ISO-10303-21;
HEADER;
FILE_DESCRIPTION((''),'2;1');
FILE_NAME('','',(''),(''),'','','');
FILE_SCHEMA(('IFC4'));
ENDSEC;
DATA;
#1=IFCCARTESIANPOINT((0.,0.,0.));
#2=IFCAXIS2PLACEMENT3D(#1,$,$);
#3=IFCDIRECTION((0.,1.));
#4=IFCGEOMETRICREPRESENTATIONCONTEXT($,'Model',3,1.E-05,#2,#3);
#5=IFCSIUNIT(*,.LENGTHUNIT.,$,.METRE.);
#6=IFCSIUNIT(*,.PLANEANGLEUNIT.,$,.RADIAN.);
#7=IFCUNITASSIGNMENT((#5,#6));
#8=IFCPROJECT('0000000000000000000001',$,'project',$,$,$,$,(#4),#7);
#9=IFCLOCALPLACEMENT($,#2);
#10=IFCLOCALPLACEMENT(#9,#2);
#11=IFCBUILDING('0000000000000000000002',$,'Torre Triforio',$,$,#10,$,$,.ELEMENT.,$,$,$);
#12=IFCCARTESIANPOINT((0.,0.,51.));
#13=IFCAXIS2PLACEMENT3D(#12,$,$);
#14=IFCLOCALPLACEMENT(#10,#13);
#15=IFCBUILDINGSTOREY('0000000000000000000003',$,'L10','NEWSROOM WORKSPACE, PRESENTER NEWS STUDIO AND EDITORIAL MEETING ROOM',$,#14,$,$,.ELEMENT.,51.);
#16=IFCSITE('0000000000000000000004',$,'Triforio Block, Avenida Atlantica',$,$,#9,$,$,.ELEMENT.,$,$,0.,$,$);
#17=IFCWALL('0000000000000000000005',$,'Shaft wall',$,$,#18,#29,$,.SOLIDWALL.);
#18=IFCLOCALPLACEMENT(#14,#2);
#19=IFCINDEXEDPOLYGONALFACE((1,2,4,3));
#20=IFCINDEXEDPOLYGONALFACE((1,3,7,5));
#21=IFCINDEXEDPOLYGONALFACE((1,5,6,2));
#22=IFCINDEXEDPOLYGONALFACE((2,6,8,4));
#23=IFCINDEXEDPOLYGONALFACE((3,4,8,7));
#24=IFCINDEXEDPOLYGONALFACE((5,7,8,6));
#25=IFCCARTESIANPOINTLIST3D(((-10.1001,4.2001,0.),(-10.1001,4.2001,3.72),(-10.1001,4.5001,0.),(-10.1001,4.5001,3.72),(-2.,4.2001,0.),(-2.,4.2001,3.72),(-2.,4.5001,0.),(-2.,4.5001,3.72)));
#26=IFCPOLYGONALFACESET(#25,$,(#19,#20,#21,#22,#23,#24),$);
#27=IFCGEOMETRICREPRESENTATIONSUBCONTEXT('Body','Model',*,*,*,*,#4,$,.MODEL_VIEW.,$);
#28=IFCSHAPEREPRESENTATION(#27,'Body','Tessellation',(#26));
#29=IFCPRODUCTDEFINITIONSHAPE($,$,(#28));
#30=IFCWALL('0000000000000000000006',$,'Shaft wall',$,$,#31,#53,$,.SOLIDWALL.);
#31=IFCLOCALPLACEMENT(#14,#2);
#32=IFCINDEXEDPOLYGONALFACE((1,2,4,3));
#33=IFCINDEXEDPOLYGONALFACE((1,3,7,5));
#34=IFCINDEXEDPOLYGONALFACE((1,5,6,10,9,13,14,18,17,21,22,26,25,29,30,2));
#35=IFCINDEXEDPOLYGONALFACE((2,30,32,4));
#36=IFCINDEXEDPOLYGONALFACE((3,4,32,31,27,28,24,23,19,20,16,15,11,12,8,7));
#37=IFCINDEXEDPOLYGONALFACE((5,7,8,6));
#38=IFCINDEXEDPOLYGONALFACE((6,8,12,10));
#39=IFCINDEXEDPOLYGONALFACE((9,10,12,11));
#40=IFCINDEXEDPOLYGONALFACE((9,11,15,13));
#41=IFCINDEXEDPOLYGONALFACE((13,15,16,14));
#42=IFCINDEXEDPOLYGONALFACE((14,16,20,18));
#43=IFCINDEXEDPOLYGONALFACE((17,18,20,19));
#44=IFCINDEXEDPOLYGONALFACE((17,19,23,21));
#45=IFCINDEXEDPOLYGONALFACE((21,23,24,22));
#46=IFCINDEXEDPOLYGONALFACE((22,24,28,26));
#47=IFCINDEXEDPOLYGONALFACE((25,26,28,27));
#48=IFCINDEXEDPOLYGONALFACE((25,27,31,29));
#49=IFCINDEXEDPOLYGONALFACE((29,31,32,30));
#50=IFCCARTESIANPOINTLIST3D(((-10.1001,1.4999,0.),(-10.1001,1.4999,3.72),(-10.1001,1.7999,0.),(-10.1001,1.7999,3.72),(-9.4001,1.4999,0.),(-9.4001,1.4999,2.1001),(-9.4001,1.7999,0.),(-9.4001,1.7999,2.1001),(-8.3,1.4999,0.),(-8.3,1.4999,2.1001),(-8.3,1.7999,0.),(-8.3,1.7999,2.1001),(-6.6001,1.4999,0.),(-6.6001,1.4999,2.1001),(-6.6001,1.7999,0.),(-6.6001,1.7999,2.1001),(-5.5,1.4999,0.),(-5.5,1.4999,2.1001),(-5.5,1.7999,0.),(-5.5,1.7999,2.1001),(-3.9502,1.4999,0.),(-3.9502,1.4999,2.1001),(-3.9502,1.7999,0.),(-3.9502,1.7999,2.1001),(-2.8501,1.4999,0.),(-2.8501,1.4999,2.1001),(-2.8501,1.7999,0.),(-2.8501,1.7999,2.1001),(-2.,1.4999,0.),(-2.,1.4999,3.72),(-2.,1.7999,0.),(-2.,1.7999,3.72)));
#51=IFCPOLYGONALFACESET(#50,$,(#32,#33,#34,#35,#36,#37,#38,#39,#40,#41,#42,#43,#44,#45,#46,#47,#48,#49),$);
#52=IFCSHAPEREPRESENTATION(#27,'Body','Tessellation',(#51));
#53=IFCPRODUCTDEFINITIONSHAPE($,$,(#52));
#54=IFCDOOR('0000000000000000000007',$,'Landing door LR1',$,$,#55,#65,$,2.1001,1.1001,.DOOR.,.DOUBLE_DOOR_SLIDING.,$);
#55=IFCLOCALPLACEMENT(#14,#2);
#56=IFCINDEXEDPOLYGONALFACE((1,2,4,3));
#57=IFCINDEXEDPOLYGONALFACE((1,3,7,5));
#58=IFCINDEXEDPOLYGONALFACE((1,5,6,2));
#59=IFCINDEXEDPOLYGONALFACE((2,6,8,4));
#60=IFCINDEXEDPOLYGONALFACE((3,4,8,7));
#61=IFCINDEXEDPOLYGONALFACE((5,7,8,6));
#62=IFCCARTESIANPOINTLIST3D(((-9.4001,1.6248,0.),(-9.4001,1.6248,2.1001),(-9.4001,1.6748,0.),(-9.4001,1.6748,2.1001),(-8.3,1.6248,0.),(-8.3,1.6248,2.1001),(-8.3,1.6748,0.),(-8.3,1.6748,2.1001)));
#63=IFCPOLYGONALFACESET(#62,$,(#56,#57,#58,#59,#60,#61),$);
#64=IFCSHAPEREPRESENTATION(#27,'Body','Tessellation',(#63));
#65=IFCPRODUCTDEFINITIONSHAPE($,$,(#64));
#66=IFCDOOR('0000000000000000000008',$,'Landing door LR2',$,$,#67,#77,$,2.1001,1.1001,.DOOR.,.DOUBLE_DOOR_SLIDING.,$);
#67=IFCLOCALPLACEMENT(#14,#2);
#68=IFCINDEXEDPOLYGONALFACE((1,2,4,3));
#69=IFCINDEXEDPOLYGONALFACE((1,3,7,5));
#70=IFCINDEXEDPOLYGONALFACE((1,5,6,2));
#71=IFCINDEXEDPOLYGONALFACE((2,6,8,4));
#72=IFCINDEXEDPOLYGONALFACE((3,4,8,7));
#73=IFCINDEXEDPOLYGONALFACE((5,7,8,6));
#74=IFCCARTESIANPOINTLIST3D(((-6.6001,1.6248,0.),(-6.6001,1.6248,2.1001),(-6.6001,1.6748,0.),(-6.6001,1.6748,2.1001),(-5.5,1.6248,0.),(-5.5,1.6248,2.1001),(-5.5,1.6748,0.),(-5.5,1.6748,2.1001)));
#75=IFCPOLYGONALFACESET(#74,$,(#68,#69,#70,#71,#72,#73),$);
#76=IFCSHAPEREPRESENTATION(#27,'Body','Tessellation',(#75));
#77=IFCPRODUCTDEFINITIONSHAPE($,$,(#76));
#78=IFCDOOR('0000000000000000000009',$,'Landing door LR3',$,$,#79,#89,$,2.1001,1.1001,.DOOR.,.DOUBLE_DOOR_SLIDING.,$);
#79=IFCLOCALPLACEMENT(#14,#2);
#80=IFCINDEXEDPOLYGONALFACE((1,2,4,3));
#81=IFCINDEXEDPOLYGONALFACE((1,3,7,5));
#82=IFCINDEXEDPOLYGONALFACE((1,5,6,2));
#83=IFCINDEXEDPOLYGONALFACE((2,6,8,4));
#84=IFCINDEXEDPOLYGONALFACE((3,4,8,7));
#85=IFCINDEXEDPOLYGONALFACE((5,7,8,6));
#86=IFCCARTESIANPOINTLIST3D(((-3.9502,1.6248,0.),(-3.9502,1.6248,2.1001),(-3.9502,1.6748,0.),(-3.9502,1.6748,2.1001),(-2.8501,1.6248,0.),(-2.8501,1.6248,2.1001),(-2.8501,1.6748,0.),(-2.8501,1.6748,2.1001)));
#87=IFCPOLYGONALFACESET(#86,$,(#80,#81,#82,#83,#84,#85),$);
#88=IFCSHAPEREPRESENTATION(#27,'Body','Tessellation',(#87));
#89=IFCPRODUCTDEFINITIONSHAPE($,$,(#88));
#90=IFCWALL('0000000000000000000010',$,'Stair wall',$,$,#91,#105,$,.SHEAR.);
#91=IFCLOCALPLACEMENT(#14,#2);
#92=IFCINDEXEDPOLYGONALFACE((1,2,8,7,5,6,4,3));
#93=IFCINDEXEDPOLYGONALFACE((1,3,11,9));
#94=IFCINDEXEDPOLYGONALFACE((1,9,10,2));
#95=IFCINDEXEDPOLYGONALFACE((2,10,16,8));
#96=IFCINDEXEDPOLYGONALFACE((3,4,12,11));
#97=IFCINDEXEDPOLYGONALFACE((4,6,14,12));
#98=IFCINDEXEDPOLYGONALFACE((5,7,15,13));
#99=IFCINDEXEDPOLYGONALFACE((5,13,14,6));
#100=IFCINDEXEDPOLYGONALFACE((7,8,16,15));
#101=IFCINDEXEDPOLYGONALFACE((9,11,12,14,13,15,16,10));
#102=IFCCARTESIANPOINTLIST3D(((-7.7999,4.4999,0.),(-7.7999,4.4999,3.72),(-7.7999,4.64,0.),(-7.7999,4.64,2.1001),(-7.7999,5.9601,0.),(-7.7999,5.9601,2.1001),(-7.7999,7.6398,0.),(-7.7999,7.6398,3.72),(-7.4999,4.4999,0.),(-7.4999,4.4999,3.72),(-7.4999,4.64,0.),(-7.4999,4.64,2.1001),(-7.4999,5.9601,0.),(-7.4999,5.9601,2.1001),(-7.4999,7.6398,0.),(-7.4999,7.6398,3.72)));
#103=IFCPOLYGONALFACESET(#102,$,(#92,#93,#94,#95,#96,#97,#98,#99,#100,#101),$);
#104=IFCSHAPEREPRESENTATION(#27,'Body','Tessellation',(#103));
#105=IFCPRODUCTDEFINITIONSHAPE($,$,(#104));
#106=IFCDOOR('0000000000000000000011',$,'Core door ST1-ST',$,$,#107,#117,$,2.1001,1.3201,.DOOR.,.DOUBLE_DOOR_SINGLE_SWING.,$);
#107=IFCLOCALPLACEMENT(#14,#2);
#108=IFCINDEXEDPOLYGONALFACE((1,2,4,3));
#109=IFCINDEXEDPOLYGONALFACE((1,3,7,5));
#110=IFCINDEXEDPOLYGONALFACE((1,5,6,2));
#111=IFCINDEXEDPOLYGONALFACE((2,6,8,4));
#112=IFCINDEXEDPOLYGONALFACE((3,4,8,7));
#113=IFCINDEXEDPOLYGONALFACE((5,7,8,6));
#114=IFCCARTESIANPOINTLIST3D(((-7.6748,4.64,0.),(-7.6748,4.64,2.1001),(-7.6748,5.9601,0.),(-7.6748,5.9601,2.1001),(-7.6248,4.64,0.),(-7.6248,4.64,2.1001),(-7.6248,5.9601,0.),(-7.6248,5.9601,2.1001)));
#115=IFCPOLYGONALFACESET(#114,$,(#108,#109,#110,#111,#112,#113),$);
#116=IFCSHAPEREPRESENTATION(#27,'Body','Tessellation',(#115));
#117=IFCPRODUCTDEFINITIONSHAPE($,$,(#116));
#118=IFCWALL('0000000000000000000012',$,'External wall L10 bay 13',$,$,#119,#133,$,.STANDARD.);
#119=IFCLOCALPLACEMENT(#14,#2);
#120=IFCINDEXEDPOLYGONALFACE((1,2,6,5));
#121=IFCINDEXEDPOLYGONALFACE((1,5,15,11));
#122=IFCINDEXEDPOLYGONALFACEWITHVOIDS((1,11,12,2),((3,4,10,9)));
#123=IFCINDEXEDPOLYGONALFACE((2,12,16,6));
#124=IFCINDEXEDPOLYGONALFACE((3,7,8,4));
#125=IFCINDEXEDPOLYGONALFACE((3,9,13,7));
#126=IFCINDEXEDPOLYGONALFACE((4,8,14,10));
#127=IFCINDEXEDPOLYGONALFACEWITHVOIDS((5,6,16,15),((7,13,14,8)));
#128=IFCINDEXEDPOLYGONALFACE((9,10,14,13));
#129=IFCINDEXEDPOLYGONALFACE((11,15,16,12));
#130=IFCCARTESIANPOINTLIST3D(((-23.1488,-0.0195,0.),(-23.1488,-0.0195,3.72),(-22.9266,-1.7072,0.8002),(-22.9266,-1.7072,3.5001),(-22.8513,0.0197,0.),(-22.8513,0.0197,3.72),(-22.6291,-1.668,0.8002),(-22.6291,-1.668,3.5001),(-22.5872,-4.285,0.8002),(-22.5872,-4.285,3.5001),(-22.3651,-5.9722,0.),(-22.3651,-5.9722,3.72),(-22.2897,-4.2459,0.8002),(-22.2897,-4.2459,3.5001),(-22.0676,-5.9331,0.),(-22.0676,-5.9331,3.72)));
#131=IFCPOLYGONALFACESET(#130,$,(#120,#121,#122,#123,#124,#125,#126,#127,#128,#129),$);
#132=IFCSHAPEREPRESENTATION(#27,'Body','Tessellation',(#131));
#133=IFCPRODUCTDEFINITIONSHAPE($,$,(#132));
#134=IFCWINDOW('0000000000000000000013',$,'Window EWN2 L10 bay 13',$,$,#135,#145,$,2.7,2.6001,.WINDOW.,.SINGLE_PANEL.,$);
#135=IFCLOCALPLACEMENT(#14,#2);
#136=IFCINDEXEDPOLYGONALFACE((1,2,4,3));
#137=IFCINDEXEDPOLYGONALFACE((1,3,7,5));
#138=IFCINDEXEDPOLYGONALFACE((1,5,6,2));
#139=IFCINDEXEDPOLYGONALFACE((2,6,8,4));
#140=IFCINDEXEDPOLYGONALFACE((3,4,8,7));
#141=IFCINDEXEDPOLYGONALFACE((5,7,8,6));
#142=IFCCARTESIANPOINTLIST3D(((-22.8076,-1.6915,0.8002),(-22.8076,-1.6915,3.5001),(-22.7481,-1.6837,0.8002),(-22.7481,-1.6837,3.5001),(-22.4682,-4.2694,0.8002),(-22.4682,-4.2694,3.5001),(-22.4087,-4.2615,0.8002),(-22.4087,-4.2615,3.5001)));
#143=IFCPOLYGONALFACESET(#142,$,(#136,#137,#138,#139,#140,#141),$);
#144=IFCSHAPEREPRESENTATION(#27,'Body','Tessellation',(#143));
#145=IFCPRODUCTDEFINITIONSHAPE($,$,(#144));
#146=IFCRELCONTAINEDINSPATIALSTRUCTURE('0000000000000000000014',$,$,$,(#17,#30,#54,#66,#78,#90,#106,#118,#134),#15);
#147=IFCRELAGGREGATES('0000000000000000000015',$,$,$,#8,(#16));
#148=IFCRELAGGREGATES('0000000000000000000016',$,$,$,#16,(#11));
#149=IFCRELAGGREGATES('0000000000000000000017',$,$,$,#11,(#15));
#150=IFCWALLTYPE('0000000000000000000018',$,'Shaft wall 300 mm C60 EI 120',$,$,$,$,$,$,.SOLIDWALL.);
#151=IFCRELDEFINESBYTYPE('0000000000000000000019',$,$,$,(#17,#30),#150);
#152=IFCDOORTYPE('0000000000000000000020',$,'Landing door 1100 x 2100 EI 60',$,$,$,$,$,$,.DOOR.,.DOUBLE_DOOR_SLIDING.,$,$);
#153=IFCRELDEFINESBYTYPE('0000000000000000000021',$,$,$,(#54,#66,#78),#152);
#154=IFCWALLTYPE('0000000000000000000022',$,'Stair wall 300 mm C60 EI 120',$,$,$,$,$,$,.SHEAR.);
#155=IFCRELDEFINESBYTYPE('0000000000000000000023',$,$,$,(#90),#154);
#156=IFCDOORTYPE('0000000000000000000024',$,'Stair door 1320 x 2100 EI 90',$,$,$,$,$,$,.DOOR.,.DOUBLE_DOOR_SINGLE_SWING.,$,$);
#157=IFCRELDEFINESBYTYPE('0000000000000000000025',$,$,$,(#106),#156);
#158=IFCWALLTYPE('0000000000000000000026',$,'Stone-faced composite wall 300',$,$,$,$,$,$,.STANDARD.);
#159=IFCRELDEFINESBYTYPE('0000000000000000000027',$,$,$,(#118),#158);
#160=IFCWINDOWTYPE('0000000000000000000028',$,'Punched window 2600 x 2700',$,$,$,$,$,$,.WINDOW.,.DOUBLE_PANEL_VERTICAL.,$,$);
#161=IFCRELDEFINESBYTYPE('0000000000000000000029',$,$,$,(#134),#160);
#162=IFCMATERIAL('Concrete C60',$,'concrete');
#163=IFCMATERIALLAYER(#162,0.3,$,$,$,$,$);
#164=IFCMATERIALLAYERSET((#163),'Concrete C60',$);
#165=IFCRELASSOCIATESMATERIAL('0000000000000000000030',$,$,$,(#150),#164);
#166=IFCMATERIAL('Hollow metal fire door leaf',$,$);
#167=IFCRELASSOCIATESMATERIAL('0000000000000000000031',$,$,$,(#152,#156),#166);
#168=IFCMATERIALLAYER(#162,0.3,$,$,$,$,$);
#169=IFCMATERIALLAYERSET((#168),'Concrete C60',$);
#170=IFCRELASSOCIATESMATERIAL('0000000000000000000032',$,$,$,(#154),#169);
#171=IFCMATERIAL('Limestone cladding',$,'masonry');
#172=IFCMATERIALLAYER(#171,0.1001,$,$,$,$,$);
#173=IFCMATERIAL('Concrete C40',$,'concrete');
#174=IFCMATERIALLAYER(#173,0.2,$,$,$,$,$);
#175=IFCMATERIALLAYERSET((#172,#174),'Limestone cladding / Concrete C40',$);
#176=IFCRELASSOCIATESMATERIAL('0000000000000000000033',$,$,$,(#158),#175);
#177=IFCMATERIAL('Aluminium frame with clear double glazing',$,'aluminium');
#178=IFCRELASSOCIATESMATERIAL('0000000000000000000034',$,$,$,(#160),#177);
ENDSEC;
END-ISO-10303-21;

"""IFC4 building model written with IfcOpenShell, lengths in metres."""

from ifc_helpers import new_model, si_unit, direction, frame, frame_2d, origin, place, context, subcontext, project, spatial, rectangle, extrude, material, layer, layer_set, type_object, element, fill, save


model = new_model("IFC4")

# Units and contexts
model_context = context("Model", 3, precision=1e-05, world=origin(), true_north=direction((0.0, 1.0)))
body_context = subcontext(model_context, "Body", "Model", "MODEL_VIEW")
ifc_project = project(units=[si_unit("LENGTHUNIT", "METRE"), si_unit("PLANEANGLEUNIT", "RADIAN")], contexts=[model_context])

# Site, building, storey
site_placement = place(None, origin())
site = spatial("IfcSite", under=ifc_project, at=site_placement, Name="Triforio Block, Avenida Atlantica", CompositionType="ELEMENT", RefElevation=0.0)
building_placement = place(site_placement, origin())
building = spatial("IfcBuilding", under=site, at=building_placement, Name="Torre Triforio", CompositionType="ELEMENT")
storey_placement = place(building_placement, frame((0.0, 0.0, 51.0)))
storey = spatial("IfcBuildingStorey", under=building, at=storey_placement, Name="L10", Description="NEWSROOM WORKSPACE, PRESENTER NEWS STUDIO AND EDITORIAL MEETING ROOM", CompositionType="ELEMENT", Elevation=51.0)

# Shared definitions
ifc_material_1 = material(Name="Concrete C60", Category="concrete")
ifc_material_2 = material(Name="Hollow metal fire door leaf")

# Wall
ifc_layer_1 = layer(ifc_material_1, 0.3)
ifc_layer_set_1 = layer_set([ifc_layer_1], Name="Concrete C60")
wall_type_1 = type_object("IfcWallType", Name="Shaft wall 300 mm C60 EI 120", PredefinedType="SOLIDWALL", material=ifc_layer_set_1)
wall_1_placement = place(storey_placement, frame((-10.1001, 4.3501, 0.0), z_axis=(0.0, 0.0, 1.0), x_axis=(1.0, 0.0, 0.0)))
element("IfcWall", 1, at=wall_1_placement, inside=storey, type_object=wall_type_1, Name="Shaft wall", PredefinedType="SOLIDWALL", context=body_context, shape_type="SweptSolid", body=[
    extrude(rectangle(XDim=8.1001, YDim=0.3, at=frame_2d((4.05, 0.0))), origin(), (0.0, 0.0, 1.0), 3.72),
])

# Wall, openings, doors
wall_2_placement = place(storey_placement, frame((-10.1001, 1.6499, 0.0), z_axis=(0.0, 0.0, 1.0), x_axis=(1.0, 0.0, 0.0)))
wall_2 = element("IfcWall", 2, at=wall_2_placement, inside=storey, type_object=wall_type_1, Name="Shaft wall", PredefinedType="SOLIDWALL", context=body_context, shape_type="SweptSolid", body=[
    extrude(rectangle(XDim=8.1001, YDim=0.3, at=frame_2d((4.05, 0.0))), origin(), (0.0, 0.0, 1.0), 3.72),
])
opening_1_placement = place(wall_2_placement, frame((0.7, 0.0, 0.0)))
opening_1 = element("IfcOpeningElement", 3, at=opening_1_placement, cuts=wall_2, PredefinedType="OPENING", context=body_context, shape_type="SweptSolid", body=[
    extrude(rectangle(XDim=1.1001, YDim=2.1001, at=frame_2d((0.55, 1.05))), frame((0.0, 0.1599, 0.0), z_axis=(0.0, -1.0, 0.0), x_axis=(1.0, 0.0, 0.0)), (0.0, 0.0, 1.0), 0.3201),
])
opening_2_placement = place(wall_2_placement, frame((3.5, 0.0, 0.0)))
opening_2 = element("IfcOpeningElement", 4, at=opening_2_placement, cuts=wall_2, PredefinedType="OPENING", context=body_context, shape_type="SweptSolid", body=[
    extrude(rectangle(XDim=1.1001, YDim=2.1001, at=frame_2d((0.55, 1.05))), frame((0.0, 0.1599, 0.0), z_axis=(0.0, -1.0, 0.0), x_axis=(1.0, 0.0, 0.0)), (0.0, 0.0, 1.0), 0.3201),
])
opening_3_placement = place(wall_2_placement, frame((6.1499, 0.0, 0.0)))
opening_3 = element("IfcOpeningElement", 5, at=opening_3_placement, cuts=wall_2, PredefinedType="OPENING", context=body_context, shape_type="SweptSolid", body=[
    extrude(rectangle(XDim=1.1001, YDim=2.1001, at=frame_2d((0.55, 1.05))), frame((0.0, 0.1599, 0.0), z_axis=(0.0, -1.0, 0.0), x_axis=(1.0, 0.0, 0.0)), (0.0, 0.0, 1.0), 0.3201),
])
door_type_1 = type_object("IfcDoorType", Name="Landing door 1100 x 2100 EI 60", OperationType="DOUBLE_DOOR_SLIDING", PredefinedType="DOOR", material=ifc_material_2)
door_1_placement = place(opening_1_placement, origin())
door_1 = element("IfcDoor", 6, at=door_1_placement, inside=storey, type_object=door_type_1, Name="Landing door LR1", OperationType="DOUBLE_DOOR_SLIDING", OverallHeight=2.1001, OverallWidth=1.1001, PredefinedType="DOOR", context=body_context, shape_type="SweptSolid", body=[
    extrude(rectangle(XDim=1.1001, YDim=2.1001, at=frame_2d((0.55, 1.05))), frame((0.0, 0.0249, 0.0), z_axis=(0.0, -1.0, 0.0), x_axis=(1.0, 0.0, 0.0)), (0.0, 0.0, 1.0), 0.05),
])
fill(opening_1, door_1)
door_2_placement = place(opening_2_placement, origin())
door_2 = element("IfcDoor", 7, at=door_2_placement, inside=storey, type_object=door_type_1, Name="Landing door LR2", OperationType="DOUBLE_DOOR_SLIDING", OverallHeight=2.1001, OverallWidth=1.1001, PredefinedType="DOOR", context=body_context, shape_type="SweptSolid", body=[
    extrude(rectangle(XDim=1.1001, YDim=2.1001, at=frame_2d((0.55, 1.05))), frame((0.0, 0.0249, 0.0), z_axis=(0.0, -1.0, 0.0), x_axis=(1.0, 0.0, 0.0)), (0.0, 0.0, 1.0), 0.05),
])
fill(opening_2, door_2)
door_3_placement = place(opening_3_placement, origin())
door_3 = element("IfcDoor", 8, at=door_3_placement, inside=storey, type_object=door_type_1, Name="Landing door LR3", OperationType="DOUBLE_DOOR_SLIDING", OverallHeight=2.1001, OverallWidth=1.1001, PredefinedType="DOOR", context=body_context, shape_type="SweptSolid", body=[
    extrude(rectangle(XDim=1.1001, YDim=2.1001, at=frame_2d((0.55, 1.05))), frame((0.0, 0.0249, 0.0), z_axis=(0.0, -1.0, 0.0), x_axis=(1.0, 0.0, 0.0)), (0.0, 0.0, 1.0), 0.05),
])
fill(opening_3, door_3)

# Wall, opening, door
ifc_layer_2 = layer(ifc_material_1, 0.3)
ifc_layer_set_2 = layer_set([ifc_layer_2], Name="Concrete C60")
wall_type_2 = type_object("IfcWallType", Name="Stair wall 300 mm C60 EI 120", PredefinedType="SHEAR", material=ifc_layer_set_2)
wall_3_placement = place(storey_placement, frame((-7.6499, 4.5, 0.0), z_axis=(0.0, 0.0, 1.0), x_axis=(0.0, 1.0, 0.0)))
wall_3 = element("IfcWall", 9, at=wall_3_placement, inside=storey, type_object=wall_type_2, Name="Stair wall", PredefinedType="SHEAR", context=body_context, shape_type="SweptSolid", body=[
    extrude(rectangle(XDim=3.1399, YDim=0.3, at=frame_2d((1.5698, 0.0))), origin(), (0.0, 0.0, 1.0), 3.72),
])
opening_4_placement = place(wall_3_placement, frame((0.1399, 0.0, 0.0)))
opening_4 = element("IfcOpeningElement", 10, at=opening_4_placement, cuts=wall_3, PredefinedType="OPENING", context=body_context, shape_type="SweptSolid", body=[
    extrude(rectangle(XDim=1.3201, YDim=2.1001, at=frame_2d((0.6602, 1.05))), frame((0.0, 0.1599, 0.0), z_axis=(0.0, -1.0, 0.0), x_axis=(1.0, 0.0, 0.0)), (0.0, 0.0, 1.0), 0.3201),
])
door_type_2 = type_object("IfcDoorType", Name="Stair door 1320 x 2100 EI 90", OperationType="DOUBLE_DOOR_SINGLE_SWING", PredefinedType="DOOR", material=ifc_material_2)
door_4_placement = place(opening_4_placement, origin())
door_4 = element("IfcDoor", 11, at=door_4_placement, inside=storey, type_object=door_type_2, Name="Core door ST1-ST", OperationType="DOUBLE_DOOR_SINGLE_SWING", OverallHeight=2.1001, OverallWidth=1.3201, PredefinedType="DOOR", context=body_context, shape_type="SweptSolid", body=[
    extrude(rectangle(XDim=1.3201, YDim=2.1001, at=frame_2d((0.6602, 1.05))), frame((0.0, 0.0249, 0.0), z_axis=(0.0, -1.0, 0.0), x_axis=(1.0, 0.0, 0.0)), (0.0, 0.0, 1.0), 0.05),
])
fill(opening_4, door_4)

# Shared definitions
ifc_material_3 = material(Name="Limestone cladding", Category="masonry")
ifc_layer_3 = layer(ifc_material_3, 0.1001)
ifc_material_4 = material(Name="Concrete C40", Category="concrete")
ifc_layer_4 = layer(ifc_material_4, 0.2)
ifc_layer_set_3 = layer_set([ifc_layer_3, ifc_layer_4], Name="Limestone cladding / Concrete C40")
wall_type_3 = type_object("IfcWallType", Name="Stone-faced composite wall 300", PredefinedType="STANDARD", material=ifc_layer_set_3)
ifc_material_5 = material(Name="Aluminium frame with clear double glazing", Category="aluminium")

# Wall, opening, window
wall_4_placement = place(storey_placement, frame((-23.0, 0.0, 0.0), z_axis=(0.0, 0.0, 1.0), x_axis=(0.130523, -0.991445, 0.0)))
wall_4 = element("IfcWall", 12, at=wall_4_placement, inside=storey, type_object=wall_type_3, Name="External wall L10 bay 13", PredefinedType="STANDARD", context=body_context, shape_type="SweptSolid", body=[
    extrude(rectangle(XDim=6.0042, YDim=0.3, at=frame_2d((3.002, 0.0))), origin(), (0.0, 0.0, 1.0), 3.72),
])
opening_5_placement = place(wall_4_placement, frame((1.7021, 0.0, 0.8)))
opening_5 = element("IfcOpeningElement", 13, at=opening_5_placement, cuts=wall_4, PredefinedType="OPENING", context=body_context, shape_type="SweptSolid", body=[
    extrude(rectangle(XDim=2.6001, YDim=2.7, at=frame_2d((1.3, 1.3501))), frame((0.0, 0.1599, 0.0), z_axis=(0.0, -1.0, 0.0), x_axis=(1.0, 0.0, 0.0)), (0.0, 0.0, 1.0), 0.3201),
])
window_type_1 = type_object("IfcWindowType", Name="Punched window 2600 x 2700", PartitioningType="DOUBLE_PANEL_VERTICAL", PredefinedType="WINDOW", material=ifc_material_5)
window_1_placement = place(opening_5_placement, origin())
window_1 = element("IfcWindow", 14, at=window_1_placement, inside=storey, type_object=window_type_1, Name="Window EWN2 L10 bay 13", OverallHeight=2.7, OverallWidth=2.6001, PartitioningType="SINGLE_PANEL", PredefinedType="WINDOW", context=body_context, shape_type="SweptSolid", body=[
    extrude(rectangle(XDim=2.6001, YDim=2.7, at=frame_2d((1.3, 1.3501))), frame((0.0, 0.03, 0.0), z_axis=(0.0, -1.0, 0.0), x_axis=(1.0, 0.0, 0.0)), (0.0, 0.0, 1.0), 0.0601),
])
fill(opening_5, window_1)

save(model, "model.ifc")
